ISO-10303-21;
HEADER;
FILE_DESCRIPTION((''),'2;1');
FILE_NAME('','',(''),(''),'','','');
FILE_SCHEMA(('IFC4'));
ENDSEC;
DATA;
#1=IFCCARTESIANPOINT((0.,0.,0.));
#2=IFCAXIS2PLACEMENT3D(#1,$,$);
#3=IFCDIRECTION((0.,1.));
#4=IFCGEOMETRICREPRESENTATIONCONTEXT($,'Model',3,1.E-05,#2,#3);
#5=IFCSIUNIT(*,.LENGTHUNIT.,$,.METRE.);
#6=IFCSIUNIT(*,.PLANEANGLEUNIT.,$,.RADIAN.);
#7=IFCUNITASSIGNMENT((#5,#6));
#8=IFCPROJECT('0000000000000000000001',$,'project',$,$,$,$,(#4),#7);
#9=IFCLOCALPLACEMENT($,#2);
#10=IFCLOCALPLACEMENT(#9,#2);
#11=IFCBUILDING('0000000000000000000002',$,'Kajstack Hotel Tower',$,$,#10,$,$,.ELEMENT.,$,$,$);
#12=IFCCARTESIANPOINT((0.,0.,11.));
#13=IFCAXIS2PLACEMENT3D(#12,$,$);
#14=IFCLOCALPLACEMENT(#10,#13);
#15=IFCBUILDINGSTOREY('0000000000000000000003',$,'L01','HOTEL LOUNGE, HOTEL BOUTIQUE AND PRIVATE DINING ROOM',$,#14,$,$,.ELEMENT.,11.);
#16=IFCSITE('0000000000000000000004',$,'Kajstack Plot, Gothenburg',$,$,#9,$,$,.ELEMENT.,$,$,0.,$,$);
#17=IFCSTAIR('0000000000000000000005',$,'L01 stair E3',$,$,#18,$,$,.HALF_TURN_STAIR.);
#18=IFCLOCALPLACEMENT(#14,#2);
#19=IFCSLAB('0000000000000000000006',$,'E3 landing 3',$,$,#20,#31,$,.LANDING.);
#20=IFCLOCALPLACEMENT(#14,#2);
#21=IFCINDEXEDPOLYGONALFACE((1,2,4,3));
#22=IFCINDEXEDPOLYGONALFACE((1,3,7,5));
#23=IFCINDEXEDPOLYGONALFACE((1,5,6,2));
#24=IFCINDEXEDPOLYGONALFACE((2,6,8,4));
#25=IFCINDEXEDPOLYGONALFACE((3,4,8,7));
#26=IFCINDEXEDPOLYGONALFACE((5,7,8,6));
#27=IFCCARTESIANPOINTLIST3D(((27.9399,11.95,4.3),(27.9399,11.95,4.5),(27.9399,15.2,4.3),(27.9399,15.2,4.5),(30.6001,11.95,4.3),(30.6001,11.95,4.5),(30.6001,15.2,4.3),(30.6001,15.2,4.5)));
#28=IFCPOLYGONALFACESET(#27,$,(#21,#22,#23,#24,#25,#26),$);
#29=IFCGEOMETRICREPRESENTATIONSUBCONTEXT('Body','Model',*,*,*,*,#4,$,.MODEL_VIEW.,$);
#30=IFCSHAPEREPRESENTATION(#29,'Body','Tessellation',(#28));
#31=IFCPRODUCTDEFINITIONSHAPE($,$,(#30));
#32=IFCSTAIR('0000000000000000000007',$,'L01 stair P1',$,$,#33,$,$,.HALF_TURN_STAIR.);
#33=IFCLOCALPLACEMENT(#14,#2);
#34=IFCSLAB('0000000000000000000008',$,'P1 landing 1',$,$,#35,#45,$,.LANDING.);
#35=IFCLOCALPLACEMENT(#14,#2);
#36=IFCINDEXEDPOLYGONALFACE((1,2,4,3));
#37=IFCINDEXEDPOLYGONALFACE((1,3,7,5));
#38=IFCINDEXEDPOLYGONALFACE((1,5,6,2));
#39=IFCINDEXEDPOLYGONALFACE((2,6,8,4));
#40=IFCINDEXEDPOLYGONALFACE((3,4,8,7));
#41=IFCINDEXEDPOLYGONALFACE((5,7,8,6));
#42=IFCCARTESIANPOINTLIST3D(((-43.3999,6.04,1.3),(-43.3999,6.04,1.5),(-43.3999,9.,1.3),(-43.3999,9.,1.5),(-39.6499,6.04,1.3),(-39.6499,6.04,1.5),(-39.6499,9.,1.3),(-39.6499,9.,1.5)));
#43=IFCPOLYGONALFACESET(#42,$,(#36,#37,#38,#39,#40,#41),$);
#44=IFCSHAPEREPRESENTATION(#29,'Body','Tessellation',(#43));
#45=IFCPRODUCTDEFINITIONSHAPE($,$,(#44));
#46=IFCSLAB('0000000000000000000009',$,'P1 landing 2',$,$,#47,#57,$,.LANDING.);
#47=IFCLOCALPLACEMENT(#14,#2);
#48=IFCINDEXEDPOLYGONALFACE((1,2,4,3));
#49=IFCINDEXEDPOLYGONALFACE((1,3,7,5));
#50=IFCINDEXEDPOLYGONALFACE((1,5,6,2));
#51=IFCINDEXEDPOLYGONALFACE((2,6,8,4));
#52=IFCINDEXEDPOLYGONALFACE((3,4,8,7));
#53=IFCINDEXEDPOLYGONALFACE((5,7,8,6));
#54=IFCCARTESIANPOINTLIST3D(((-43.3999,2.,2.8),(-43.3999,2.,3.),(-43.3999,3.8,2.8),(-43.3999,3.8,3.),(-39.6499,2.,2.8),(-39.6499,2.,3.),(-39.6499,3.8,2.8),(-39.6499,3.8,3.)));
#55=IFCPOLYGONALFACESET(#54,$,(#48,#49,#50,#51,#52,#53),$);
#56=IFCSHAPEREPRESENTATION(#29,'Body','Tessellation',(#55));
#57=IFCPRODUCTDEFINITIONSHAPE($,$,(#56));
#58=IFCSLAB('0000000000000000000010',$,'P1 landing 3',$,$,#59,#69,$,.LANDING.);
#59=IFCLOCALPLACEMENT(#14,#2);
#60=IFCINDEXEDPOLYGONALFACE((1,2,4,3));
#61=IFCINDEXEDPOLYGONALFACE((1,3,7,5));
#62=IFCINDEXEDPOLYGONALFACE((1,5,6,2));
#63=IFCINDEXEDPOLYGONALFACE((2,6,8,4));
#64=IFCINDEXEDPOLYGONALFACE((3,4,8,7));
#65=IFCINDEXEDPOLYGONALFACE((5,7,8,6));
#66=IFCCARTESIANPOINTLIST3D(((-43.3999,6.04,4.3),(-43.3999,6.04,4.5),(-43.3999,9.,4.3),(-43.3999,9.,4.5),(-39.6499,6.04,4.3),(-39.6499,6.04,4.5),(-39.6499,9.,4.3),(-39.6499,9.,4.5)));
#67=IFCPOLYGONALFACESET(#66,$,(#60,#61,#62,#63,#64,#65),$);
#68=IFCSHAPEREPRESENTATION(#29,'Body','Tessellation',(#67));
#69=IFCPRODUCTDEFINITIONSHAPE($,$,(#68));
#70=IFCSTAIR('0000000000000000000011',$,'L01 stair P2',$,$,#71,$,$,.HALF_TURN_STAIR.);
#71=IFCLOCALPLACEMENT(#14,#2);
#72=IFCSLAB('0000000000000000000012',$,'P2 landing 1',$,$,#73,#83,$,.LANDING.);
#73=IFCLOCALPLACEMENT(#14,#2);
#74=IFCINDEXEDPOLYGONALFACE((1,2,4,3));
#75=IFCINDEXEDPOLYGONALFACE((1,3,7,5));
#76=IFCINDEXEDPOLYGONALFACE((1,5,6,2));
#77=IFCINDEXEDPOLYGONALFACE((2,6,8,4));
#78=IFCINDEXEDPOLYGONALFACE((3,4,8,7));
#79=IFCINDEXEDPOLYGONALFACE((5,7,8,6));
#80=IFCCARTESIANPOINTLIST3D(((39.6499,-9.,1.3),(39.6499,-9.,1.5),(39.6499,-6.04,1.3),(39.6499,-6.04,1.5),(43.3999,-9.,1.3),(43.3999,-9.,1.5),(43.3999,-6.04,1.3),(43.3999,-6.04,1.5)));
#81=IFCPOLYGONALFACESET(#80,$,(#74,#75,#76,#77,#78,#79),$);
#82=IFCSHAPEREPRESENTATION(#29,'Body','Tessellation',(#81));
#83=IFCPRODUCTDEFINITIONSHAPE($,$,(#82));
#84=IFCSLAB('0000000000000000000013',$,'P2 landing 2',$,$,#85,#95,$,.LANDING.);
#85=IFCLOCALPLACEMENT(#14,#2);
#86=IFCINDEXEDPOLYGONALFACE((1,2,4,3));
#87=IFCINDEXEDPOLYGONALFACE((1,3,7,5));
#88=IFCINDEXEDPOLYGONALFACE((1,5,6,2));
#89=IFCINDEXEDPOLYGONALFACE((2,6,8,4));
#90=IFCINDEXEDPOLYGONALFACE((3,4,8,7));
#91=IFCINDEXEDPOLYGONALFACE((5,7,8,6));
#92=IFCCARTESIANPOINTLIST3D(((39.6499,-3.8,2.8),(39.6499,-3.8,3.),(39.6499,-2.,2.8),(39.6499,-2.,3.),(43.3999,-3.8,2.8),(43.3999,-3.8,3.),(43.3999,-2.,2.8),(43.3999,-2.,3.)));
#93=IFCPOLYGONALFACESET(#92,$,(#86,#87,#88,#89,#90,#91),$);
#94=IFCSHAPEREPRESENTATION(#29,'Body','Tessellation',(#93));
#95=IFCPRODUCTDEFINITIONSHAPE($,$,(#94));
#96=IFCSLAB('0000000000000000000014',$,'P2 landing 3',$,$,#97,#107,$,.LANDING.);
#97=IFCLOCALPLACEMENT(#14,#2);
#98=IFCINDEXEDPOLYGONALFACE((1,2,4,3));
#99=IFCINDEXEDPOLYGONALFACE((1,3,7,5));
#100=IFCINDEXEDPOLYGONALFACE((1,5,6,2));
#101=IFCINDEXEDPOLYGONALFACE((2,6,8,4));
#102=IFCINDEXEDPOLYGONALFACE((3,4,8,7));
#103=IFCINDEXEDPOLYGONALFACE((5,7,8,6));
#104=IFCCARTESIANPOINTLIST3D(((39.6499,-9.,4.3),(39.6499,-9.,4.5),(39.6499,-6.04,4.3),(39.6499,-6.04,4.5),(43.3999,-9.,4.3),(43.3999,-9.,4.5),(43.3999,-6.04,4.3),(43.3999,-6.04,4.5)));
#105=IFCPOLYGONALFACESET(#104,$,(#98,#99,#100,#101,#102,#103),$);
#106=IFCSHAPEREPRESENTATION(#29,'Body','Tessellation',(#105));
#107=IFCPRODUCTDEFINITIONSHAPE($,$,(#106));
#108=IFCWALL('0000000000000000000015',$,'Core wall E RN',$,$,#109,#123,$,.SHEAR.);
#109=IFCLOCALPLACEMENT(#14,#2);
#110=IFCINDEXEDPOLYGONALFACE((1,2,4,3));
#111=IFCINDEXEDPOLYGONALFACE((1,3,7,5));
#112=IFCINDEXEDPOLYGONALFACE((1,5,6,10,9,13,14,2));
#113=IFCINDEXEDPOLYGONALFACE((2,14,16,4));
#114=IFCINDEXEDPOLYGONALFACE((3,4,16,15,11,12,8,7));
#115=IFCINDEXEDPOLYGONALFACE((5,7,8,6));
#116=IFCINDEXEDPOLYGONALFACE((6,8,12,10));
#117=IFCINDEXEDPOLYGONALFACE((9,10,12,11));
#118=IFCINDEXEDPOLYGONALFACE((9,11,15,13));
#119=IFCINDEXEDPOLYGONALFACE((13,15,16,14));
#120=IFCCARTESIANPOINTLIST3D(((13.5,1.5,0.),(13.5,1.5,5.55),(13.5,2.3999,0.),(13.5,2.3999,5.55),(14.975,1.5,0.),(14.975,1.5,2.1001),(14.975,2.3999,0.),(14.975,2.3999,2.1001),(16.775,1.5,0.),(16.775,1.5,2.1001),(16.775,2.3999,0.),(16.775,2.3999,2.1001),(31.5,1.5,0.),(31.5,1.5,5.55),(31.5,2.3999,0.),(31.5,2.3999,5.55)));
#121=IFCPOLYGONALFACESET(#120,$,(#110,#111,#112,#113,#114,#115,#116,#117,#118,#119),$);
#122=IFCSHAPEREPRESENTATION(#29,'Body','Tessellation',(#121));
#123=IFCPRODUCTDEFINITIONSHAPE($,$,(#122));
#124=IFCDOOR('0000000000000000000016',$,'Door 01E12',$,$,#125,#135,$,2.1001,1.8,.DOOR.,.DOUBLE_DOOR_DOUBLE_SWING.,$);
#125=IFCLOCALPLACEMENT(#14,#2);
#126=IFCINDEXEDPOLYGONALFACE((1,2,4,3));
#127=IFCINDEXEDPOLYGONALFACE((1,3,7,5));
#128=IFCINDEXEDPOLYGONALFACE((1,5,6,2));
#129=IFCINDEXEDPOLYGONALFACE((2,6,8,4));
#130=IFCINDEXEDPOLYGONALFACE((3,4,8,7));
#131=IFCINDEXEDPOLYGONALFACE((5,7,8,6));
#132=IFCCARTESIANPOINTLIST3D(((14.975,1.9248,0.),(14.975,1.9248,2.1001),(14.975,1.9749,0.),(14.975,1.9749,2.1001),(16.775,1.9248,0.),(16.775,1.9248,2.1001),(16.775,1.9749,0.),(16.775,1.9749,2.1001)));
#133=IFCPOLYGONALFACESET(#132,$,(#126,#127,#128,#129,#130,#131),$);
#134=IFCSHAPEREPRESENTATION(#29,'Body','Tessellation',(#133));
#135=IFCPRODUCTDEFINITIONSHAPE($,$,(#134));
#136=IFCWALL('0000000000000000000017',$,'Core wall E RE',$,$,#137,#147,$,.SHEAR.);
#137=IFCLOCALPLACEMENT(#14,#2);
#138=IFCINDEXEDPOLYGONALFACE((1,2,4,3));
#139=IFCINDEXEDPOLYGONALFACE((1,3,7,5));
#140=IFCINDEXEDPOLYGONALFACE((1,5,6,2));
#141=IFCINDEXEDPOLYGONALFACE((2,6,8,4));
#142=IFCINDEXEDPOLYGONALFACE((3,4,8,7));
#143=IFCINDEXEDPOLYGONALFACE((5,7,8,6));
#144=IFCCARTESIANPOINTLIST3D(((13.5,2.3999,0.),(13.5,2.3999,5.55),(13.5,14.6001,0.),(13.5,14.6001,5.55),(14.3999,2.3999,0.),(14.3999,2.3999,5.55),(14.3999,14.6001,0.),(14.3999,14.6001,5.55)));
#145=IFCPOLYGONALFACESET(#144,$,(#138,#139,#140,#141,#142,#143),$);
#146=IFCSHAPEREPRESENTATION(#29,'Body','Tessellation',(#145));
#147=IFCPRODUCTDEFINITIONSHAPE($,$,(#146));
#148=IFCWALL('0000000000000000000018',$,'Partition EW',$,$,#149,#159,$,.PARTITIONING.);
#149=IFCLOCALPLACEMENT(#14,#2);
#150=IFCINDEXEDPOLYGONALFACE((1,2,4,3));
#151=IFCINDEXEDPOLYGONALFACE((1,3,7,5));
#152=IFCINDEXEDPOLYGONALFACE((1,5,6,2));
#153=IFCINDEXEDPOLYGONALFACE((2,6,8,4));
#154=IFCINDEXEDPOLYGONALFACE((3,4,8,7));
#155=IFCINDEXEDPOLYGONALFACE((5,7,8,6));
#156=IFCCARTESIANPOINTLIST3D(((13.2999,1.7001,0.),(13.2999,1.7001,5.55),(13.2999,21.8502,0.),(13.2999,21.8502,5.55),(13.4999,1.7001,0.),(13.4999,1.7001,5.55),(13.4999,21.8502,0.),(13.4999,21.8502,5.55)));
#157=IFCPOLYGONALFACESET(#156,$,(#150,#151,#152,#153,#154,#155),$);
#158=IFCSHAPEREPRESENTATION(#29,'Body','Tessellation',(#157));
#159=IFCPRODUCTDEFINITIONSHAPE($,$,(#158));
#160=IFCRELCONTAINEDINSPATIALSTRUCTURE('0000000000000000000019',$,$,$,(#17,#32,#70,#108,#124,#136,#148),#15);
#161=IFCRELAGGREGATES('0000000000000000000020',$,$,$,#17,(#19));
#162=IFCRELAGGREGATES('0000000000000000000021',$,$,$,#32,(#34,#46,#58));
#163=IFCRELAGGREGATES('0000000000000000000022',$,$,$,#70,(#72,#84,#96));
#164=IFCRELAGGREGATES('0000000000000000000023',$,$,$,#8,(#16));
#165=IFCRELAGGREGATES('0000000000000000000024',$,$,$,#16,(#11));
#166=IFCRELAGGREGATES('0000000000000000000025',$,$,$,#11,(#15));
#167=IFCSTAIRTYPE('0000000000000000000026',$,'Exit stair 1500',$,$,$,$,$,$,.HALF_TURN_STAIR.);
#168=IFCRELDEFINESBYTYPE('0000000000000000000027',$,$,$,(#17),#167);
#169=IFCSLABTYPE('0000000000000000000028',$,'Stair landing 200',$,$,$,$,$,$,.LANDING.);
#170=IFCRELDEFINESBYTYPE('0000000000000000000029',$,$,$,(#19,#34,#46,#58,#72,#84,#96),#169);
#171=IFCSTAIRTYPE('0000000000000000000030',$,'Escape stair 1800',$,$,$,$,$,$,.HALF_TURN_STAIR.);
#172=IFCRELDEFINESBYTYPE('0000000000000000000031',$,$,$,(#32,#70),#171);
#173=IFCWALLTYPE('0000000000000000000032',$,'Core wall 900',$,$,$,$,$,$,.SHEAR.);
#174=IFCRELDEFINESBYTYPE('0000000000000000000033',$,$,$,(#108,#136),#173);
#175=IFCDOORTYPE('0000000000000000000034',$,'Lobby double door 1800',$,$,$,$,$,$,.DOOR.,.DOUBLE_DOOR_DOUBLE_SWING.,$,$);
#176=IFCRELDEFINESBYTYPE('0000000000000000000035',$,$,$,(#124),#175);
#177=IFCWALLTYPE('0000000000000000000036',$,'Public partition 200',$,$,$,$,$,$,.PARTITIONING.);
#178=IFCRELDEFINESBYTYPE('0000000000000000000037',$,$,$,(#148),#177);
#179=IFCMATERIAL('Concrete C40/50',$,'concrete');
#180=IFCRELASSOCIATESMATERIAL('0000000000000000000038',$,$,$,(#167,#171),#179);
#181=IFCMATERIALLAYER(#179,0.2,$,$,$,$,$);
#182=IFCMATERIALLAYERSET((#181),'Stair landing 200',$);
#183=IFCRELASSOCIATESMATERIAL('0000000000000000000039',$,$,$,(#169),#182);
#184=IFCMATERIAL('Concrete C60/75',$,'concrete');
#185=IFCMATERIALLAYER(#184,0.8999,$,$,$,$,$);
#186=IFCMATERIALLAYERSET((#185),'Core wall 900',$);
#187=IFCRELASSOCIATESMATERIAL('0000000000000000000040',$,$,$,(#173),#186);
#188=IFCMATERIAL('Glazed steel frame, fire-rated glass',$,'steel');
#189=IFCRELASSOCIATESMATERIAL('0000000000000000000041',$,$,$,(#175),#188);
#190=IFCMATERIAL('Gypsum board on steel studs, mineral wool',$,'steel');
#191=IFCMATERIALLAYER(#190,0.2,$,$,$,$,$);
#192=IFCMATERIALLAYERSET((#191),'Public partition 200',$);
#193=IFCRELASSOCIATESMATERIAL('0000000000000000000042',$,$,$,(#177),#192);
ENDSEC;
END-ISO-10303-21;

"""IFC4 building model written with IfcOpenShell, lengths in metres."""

from ifc_helpers import new_model, si_unit, direction, frame, frame_2d, origin, place, context, subcontext, project, spatial, polyline, rectangle, outline, extrude, material, layer, layer_set, type_object, element, fill, aggregate, save


model = new_model("IFC4")

# Units and contexts
model_context = context("Model", 3, precision=1e-05, world=origin(), true_north=direction((0.0, 1.0)))
body_context = subcontext(model_context, "Body", "Model", "MODEL_VIEW")
ifc_project = project(units=[si_unit("LENGTHUNIT", "METRE"), si_unit("PLANEANGLEUNIT", "RADIAN")], contexts=[model_context])

# Site, building, storey
site_placement = place(None, origin())
site = spatial("IfcSite", under=ifc_project, at=site_placement, Name="Kajstack Plot, Gothenburg", CompositionType="ELEMENT", RefElevation=0.0)
building_placement = place(site_placement, origin())
building = spatial("IfcBuilding", under=site, at=building_placement, Name="Kajstack Hotel Tower", CompositionType="ELEMENT")
storey_placement = place(building_placement, frame((0.0, 0.0, 11.0)))
storey = spatial("IfcBuildingStorey", under=building, at=storey_placement, Name="L01", Description="HOTEL LOUNGE, HOTEL BOUTIQUE AND PRIVATE DINING ROOM", CompositionType="ELEMENT", Elevation=11.0)

# Stair, slab
ifc_material_1 = material(Name="Concrete C40/50", Category="concrete")
stair_type_1 = type_object("IfcStairType", Name="Exit stair 1500", PredefinedType="HALF_TURN_STAIR", material=ifc_material_1)
stair_1_placement = place(storey_placement, origin())
stair_1 = element("IfcStair", 1, at=stair_1_placement, inside=storey, type_object=stair_type_1, Name="L01 stair E3", PredefinedType="HALF_TURN_STAIR")
ifc_layer_1 = layer(ifc_material_1, 0.2)
ifc_layer_set_1 = layer_set([ifc_layer_1], Name="Stair landing 200")
slab_type = type_object("IfcSlabType", Name="Stair landing 200", PredefinedType="LANDING", material=ifc_layer_set_1)
slab_1_placement = place(storey_placement, frame((0.0, 0.0, 4.3)))
slab_1 = element("IfcSlab", 2, at=slab_1_placement, type_object=slab_type, Name="E3 landing 3", PredefinedType="LANDING", context=body_context, shape_type="SweptSolid", body=[
    extrude(outline(polyline([(27.9399, 11.95), (30.6001, 11.95), (30.6001, 15.2), (27.9399, 15.2), (27.9399, 11.95)])), origin(), (0.0, 0.0, 1.0), 0.2),
])
aggregate(stair_1, [slab_1])

# Stairs, slabs
stair_type_2 = type_object("IfcStairType", Name="Escape stair 1800", PredefinedType="HALF_TURN_STAIR", material=ifc_material_1)
stair_2_placement = place(storey_placement, origin())
stair_2 = element("IfcStair", 3, at=stair_2_placement, inside=storey, type_object=stair_type_2, Name="L01 stair P1", PredefinedType="HALF_TURN_STAIR")
slab_2_placement = place(storey_placement, frame((0.0, 0.0, 1.3)))
slab_2 = element("IfcSlab", 4, at=slab_2_placement, type_object=slab_type, Name="P1 landing 1", PredefinedType="LANDING", context=body_context, shape_type="SweptSolid", body=[
    extrude(outline(polyline([(-39.6499, 6.04), (-39.6499, 9.0), (-43.3999, 9.0), (-43.3999, 6.04), (-39.6499, 6.04)])), origin(), (0.0, 0.0, 1.0), 0.2),
])
slab_3_placement = place(storey_placement, frame((0.0, 0.0, 2.8)))
slab_3 = element("IfcSlab", 5, at=slab_3_placement, type_object=slab_type, Name="P1 landing 2", PredefinedType="LANDING", context=body_context, shape_type="SweptSolid", body=[
    extrude(outline(polyline([(-39.6499, 2.0), (-39.6499, 3.8), (-43.3999, 3.8), (-43.3999, 2.0), (-39.6499, 2.0)])), origin(), (0.0, 0.0, 1.0), 0.2),
])
slab_4_placement = place(storey_placement, frame((0.0, 0.0, 4.3)))
slab_4 = element("IfcSlab", 6, at=slab_4_placement, type_object=slab_type, Name="P1 landing 3", PredefinedType="LANDING", context=body_context, shape_type="SweptSolid", body=[
    extrude(outline(polyline([(-39.6499, 6.04), (-39.6499, 9.0), (-43.3999, 9.0), (-43.3999, 6.04), (-39.6499, 6.04)])), origin(), (0.0, 0.0, 1.0), 0.2),
])
aggregate(stair_2, [slab_2, slab_3, slab_4])
stair_3_placement = place(storey_placement, origin())
stair_3 = element("IfcStair", 7, at=stair_3_placement, inside=storey, type_object=stair_type_2, Name="L01 stair P2", PredefinedType="HALF_TURN_STAIR")
slab_5_placement = place(storey_placement, frame((0.0, 0.0, 1.3)))
slab_5 = element("IfcSlab", 8, at=slab_5_placement, type_object=slab_type, Name="P2 landing 1", PredefinedType="LANDING", context=body_context, shape_type="SweptSolid", body=[
    extrude(outline(polyline([(39.6499, -6.04), (39.6499, -9.0), (43.3999, -9.0), (43.3999, -6.04), (39.6499, -6.04)])), origin(), (0.0, 0.0, 1.0), 0.2),
])
slab_6_placement = place(storey_placement, frame((0.0, 0.0, 2.8)))
slab_6 = element("IfcSlab", 9, at=slab_6_placement, type_object=slab_type, Name="P2 landing 2", PredefinedType="LANDING", context=body_context, shape_type="SweptSolid", body=[
    extrude(outline(polyline([(39.6499, -2.0), (39.6499, -3.8), (43.3999, -3.8), (43.3999, -2.0), (39.6499, -2.0)])), origin(), (0.0, 0.0, 1.0), 0.2),
])
slab_7_placement = place(storey_placement, frame((0.0, 0.0, 4.3)))
slab_7 = element("IfcSlab", 10, at=slab_7_placement, type_object=slab_type, Name="P2 landing 3", PredefinedType="LANDING", context=body_context, shape_type="SweptSolid", body=[
    extrude(outline(polyline([(39.6499, -6.04), (39.6499, -9.0), (43.3999, -9.0), (43.3999, -6.04), (39.6499, -6.04)])), origin(), (0.0, 0.0, 1.0), 0.2),
])
aggregate(stair_3, [slab_5, slab_6, slab_7])

# Wall, opening, door
ifc_material_2 = material(Name="Concrete C60/75", Category="concrete")
ifc_layer_2 = layer(ifc_material_2, 0.8999)
ifc_layer_set_2 = layer_set([ifc_layer_2], Name="Core wall 900")
wall_type_1 = type_object("IfcWallType", Name="Core wall 900", PredefinedType="SHEAR", material=ifc_layer_set_2)
wall_1_placement = place(storey_placement, frame((13.5, 1.95, 0.0), z_axis=(0.0, 0.0, 1.0), x_axis=(1.0, 0.0, 0.0)))
wall_1 = element("IfcWall", 11, at=wall_1_placement, inside=storey, type_object=wall_type_1, Name="Core wall E RN", PredefinedType="SHEAR", context=body_context, shape_type="SweptSolid", body=[
    extrude(rectangle(XDim=18.0, YDim=0.8999, at=frame_2d((9.0, 0.0))), origin(), (0.0, 0.0, 1.0), 5.55),
])
opening_1_placement = place(wall_1_placement, frame((1.4751, 0.0, 0.0)))
opening_1 = element("IfcOpeningElement", 12, at=opening_1_placement, cuts=wall_1, PredefinedType="OPENING", context=body_context, shape_type="SweptSolid", body=[
    extrude(rectangle(XDim=1.8, YDim=2.1001, at=frame_2d((0.8999, 1.05))), frame((0.0, 0.46, 0.0), z_axis=(0.0, -1.0, 0.0), x_axis=(1.0, 0.0, 0.0)), (0.0, 0.0, 1.0), 0.9199),
])
ifc_material_3 = material(Name="Glazed steel frame, fire-rated glass", Category="steel")
door_type_1 = type_object("IfcDoorType", Name="Lobby double door 1800", OperationType="DOUBLE_DOOR_DOUBLE_SWING", PredefinedType="DOOR", material=ifc_material_3)
door_1_placement = place(opening_1_placement, origin())
door_1 = element("IfcDoor", 13, at=door_1_placement, inside=storey, type_object=door_type_1, Name="Door 01E12", OperationType="DOUBLE_DOOR_DOUBLE_SWING", OverallHeight=2.1001, OverallWidth=1.8, PredefinedType="DOOR", context=body_context, shape_type="SweptSolid", body=[
    extrude(rectangle(XDim=1.8, YDim=2.1001, at=frame_2d((0.8999, 1.05))), frame((0.0, 0.0249, 0.0), z_axis=(0.0, -1.0, 0.0), x_axis=(1.0, 0.0, 0.0)), (0.0, 0.0, 1.0), 0.05),
])
fill(opening_1, door_1)

# Walls
wall_2_placement = place(storey_placement, frame((13.95, 2.3999, 0.0), z_axis=(0.0, 0.0, 1.0), x_axis=(0.0, 1.0, 0.0)))
element("IfcWall", 14, at=wall_2_placement, inside=storey, type_object=wall_type_1, Name="Core wall E RE", PredefinedType="SHEAR", context=body_context, shape_type="SweptSolid", body=[
    extrude(rectangle(XDim=12.2002, YDim=0.8999, at=frame_2d((6.1001, 0.0))), origin(), (0.0, 0.0, 1.0), 5.55),
])
ifc_material_4 = material(Name="Gypsum board on steel studs, mineral wool", Category="steel")
ifc_layer_3 = layer(ifc_material_4, 0.2)
ifc_layer_set_3 = layer_set([ifc_layer_3], Name="Public partition 200")
wall_type_2 = type_object("IfcWallType", Name="Public partition 200", PredefinedType="PARTITIONING", material=ifc_layer_set_3)
wall_3_placement = place(storey_placement, frame((13.3999, 1.7, 0.0), z_axis=(0.0, 0.0, 1.0), x_axis=(0.0, 1.0, 0.0)))
element("IfcWall", 15, at=wall_3_placement, inside=storey, type_object=wall_type_2, Name="Partition EW", PredefinedType="PARTITIONING", context=body_context, shape_type="SweptSolid", body=[
    extrude(rectangle(XDim=20.1501, YDim=0.2, at=frame_2d((10.0752, 0.0))), origin(), (0.0, 0.0, 1.0), 5.55),
])

save(model, "model.ifc")
